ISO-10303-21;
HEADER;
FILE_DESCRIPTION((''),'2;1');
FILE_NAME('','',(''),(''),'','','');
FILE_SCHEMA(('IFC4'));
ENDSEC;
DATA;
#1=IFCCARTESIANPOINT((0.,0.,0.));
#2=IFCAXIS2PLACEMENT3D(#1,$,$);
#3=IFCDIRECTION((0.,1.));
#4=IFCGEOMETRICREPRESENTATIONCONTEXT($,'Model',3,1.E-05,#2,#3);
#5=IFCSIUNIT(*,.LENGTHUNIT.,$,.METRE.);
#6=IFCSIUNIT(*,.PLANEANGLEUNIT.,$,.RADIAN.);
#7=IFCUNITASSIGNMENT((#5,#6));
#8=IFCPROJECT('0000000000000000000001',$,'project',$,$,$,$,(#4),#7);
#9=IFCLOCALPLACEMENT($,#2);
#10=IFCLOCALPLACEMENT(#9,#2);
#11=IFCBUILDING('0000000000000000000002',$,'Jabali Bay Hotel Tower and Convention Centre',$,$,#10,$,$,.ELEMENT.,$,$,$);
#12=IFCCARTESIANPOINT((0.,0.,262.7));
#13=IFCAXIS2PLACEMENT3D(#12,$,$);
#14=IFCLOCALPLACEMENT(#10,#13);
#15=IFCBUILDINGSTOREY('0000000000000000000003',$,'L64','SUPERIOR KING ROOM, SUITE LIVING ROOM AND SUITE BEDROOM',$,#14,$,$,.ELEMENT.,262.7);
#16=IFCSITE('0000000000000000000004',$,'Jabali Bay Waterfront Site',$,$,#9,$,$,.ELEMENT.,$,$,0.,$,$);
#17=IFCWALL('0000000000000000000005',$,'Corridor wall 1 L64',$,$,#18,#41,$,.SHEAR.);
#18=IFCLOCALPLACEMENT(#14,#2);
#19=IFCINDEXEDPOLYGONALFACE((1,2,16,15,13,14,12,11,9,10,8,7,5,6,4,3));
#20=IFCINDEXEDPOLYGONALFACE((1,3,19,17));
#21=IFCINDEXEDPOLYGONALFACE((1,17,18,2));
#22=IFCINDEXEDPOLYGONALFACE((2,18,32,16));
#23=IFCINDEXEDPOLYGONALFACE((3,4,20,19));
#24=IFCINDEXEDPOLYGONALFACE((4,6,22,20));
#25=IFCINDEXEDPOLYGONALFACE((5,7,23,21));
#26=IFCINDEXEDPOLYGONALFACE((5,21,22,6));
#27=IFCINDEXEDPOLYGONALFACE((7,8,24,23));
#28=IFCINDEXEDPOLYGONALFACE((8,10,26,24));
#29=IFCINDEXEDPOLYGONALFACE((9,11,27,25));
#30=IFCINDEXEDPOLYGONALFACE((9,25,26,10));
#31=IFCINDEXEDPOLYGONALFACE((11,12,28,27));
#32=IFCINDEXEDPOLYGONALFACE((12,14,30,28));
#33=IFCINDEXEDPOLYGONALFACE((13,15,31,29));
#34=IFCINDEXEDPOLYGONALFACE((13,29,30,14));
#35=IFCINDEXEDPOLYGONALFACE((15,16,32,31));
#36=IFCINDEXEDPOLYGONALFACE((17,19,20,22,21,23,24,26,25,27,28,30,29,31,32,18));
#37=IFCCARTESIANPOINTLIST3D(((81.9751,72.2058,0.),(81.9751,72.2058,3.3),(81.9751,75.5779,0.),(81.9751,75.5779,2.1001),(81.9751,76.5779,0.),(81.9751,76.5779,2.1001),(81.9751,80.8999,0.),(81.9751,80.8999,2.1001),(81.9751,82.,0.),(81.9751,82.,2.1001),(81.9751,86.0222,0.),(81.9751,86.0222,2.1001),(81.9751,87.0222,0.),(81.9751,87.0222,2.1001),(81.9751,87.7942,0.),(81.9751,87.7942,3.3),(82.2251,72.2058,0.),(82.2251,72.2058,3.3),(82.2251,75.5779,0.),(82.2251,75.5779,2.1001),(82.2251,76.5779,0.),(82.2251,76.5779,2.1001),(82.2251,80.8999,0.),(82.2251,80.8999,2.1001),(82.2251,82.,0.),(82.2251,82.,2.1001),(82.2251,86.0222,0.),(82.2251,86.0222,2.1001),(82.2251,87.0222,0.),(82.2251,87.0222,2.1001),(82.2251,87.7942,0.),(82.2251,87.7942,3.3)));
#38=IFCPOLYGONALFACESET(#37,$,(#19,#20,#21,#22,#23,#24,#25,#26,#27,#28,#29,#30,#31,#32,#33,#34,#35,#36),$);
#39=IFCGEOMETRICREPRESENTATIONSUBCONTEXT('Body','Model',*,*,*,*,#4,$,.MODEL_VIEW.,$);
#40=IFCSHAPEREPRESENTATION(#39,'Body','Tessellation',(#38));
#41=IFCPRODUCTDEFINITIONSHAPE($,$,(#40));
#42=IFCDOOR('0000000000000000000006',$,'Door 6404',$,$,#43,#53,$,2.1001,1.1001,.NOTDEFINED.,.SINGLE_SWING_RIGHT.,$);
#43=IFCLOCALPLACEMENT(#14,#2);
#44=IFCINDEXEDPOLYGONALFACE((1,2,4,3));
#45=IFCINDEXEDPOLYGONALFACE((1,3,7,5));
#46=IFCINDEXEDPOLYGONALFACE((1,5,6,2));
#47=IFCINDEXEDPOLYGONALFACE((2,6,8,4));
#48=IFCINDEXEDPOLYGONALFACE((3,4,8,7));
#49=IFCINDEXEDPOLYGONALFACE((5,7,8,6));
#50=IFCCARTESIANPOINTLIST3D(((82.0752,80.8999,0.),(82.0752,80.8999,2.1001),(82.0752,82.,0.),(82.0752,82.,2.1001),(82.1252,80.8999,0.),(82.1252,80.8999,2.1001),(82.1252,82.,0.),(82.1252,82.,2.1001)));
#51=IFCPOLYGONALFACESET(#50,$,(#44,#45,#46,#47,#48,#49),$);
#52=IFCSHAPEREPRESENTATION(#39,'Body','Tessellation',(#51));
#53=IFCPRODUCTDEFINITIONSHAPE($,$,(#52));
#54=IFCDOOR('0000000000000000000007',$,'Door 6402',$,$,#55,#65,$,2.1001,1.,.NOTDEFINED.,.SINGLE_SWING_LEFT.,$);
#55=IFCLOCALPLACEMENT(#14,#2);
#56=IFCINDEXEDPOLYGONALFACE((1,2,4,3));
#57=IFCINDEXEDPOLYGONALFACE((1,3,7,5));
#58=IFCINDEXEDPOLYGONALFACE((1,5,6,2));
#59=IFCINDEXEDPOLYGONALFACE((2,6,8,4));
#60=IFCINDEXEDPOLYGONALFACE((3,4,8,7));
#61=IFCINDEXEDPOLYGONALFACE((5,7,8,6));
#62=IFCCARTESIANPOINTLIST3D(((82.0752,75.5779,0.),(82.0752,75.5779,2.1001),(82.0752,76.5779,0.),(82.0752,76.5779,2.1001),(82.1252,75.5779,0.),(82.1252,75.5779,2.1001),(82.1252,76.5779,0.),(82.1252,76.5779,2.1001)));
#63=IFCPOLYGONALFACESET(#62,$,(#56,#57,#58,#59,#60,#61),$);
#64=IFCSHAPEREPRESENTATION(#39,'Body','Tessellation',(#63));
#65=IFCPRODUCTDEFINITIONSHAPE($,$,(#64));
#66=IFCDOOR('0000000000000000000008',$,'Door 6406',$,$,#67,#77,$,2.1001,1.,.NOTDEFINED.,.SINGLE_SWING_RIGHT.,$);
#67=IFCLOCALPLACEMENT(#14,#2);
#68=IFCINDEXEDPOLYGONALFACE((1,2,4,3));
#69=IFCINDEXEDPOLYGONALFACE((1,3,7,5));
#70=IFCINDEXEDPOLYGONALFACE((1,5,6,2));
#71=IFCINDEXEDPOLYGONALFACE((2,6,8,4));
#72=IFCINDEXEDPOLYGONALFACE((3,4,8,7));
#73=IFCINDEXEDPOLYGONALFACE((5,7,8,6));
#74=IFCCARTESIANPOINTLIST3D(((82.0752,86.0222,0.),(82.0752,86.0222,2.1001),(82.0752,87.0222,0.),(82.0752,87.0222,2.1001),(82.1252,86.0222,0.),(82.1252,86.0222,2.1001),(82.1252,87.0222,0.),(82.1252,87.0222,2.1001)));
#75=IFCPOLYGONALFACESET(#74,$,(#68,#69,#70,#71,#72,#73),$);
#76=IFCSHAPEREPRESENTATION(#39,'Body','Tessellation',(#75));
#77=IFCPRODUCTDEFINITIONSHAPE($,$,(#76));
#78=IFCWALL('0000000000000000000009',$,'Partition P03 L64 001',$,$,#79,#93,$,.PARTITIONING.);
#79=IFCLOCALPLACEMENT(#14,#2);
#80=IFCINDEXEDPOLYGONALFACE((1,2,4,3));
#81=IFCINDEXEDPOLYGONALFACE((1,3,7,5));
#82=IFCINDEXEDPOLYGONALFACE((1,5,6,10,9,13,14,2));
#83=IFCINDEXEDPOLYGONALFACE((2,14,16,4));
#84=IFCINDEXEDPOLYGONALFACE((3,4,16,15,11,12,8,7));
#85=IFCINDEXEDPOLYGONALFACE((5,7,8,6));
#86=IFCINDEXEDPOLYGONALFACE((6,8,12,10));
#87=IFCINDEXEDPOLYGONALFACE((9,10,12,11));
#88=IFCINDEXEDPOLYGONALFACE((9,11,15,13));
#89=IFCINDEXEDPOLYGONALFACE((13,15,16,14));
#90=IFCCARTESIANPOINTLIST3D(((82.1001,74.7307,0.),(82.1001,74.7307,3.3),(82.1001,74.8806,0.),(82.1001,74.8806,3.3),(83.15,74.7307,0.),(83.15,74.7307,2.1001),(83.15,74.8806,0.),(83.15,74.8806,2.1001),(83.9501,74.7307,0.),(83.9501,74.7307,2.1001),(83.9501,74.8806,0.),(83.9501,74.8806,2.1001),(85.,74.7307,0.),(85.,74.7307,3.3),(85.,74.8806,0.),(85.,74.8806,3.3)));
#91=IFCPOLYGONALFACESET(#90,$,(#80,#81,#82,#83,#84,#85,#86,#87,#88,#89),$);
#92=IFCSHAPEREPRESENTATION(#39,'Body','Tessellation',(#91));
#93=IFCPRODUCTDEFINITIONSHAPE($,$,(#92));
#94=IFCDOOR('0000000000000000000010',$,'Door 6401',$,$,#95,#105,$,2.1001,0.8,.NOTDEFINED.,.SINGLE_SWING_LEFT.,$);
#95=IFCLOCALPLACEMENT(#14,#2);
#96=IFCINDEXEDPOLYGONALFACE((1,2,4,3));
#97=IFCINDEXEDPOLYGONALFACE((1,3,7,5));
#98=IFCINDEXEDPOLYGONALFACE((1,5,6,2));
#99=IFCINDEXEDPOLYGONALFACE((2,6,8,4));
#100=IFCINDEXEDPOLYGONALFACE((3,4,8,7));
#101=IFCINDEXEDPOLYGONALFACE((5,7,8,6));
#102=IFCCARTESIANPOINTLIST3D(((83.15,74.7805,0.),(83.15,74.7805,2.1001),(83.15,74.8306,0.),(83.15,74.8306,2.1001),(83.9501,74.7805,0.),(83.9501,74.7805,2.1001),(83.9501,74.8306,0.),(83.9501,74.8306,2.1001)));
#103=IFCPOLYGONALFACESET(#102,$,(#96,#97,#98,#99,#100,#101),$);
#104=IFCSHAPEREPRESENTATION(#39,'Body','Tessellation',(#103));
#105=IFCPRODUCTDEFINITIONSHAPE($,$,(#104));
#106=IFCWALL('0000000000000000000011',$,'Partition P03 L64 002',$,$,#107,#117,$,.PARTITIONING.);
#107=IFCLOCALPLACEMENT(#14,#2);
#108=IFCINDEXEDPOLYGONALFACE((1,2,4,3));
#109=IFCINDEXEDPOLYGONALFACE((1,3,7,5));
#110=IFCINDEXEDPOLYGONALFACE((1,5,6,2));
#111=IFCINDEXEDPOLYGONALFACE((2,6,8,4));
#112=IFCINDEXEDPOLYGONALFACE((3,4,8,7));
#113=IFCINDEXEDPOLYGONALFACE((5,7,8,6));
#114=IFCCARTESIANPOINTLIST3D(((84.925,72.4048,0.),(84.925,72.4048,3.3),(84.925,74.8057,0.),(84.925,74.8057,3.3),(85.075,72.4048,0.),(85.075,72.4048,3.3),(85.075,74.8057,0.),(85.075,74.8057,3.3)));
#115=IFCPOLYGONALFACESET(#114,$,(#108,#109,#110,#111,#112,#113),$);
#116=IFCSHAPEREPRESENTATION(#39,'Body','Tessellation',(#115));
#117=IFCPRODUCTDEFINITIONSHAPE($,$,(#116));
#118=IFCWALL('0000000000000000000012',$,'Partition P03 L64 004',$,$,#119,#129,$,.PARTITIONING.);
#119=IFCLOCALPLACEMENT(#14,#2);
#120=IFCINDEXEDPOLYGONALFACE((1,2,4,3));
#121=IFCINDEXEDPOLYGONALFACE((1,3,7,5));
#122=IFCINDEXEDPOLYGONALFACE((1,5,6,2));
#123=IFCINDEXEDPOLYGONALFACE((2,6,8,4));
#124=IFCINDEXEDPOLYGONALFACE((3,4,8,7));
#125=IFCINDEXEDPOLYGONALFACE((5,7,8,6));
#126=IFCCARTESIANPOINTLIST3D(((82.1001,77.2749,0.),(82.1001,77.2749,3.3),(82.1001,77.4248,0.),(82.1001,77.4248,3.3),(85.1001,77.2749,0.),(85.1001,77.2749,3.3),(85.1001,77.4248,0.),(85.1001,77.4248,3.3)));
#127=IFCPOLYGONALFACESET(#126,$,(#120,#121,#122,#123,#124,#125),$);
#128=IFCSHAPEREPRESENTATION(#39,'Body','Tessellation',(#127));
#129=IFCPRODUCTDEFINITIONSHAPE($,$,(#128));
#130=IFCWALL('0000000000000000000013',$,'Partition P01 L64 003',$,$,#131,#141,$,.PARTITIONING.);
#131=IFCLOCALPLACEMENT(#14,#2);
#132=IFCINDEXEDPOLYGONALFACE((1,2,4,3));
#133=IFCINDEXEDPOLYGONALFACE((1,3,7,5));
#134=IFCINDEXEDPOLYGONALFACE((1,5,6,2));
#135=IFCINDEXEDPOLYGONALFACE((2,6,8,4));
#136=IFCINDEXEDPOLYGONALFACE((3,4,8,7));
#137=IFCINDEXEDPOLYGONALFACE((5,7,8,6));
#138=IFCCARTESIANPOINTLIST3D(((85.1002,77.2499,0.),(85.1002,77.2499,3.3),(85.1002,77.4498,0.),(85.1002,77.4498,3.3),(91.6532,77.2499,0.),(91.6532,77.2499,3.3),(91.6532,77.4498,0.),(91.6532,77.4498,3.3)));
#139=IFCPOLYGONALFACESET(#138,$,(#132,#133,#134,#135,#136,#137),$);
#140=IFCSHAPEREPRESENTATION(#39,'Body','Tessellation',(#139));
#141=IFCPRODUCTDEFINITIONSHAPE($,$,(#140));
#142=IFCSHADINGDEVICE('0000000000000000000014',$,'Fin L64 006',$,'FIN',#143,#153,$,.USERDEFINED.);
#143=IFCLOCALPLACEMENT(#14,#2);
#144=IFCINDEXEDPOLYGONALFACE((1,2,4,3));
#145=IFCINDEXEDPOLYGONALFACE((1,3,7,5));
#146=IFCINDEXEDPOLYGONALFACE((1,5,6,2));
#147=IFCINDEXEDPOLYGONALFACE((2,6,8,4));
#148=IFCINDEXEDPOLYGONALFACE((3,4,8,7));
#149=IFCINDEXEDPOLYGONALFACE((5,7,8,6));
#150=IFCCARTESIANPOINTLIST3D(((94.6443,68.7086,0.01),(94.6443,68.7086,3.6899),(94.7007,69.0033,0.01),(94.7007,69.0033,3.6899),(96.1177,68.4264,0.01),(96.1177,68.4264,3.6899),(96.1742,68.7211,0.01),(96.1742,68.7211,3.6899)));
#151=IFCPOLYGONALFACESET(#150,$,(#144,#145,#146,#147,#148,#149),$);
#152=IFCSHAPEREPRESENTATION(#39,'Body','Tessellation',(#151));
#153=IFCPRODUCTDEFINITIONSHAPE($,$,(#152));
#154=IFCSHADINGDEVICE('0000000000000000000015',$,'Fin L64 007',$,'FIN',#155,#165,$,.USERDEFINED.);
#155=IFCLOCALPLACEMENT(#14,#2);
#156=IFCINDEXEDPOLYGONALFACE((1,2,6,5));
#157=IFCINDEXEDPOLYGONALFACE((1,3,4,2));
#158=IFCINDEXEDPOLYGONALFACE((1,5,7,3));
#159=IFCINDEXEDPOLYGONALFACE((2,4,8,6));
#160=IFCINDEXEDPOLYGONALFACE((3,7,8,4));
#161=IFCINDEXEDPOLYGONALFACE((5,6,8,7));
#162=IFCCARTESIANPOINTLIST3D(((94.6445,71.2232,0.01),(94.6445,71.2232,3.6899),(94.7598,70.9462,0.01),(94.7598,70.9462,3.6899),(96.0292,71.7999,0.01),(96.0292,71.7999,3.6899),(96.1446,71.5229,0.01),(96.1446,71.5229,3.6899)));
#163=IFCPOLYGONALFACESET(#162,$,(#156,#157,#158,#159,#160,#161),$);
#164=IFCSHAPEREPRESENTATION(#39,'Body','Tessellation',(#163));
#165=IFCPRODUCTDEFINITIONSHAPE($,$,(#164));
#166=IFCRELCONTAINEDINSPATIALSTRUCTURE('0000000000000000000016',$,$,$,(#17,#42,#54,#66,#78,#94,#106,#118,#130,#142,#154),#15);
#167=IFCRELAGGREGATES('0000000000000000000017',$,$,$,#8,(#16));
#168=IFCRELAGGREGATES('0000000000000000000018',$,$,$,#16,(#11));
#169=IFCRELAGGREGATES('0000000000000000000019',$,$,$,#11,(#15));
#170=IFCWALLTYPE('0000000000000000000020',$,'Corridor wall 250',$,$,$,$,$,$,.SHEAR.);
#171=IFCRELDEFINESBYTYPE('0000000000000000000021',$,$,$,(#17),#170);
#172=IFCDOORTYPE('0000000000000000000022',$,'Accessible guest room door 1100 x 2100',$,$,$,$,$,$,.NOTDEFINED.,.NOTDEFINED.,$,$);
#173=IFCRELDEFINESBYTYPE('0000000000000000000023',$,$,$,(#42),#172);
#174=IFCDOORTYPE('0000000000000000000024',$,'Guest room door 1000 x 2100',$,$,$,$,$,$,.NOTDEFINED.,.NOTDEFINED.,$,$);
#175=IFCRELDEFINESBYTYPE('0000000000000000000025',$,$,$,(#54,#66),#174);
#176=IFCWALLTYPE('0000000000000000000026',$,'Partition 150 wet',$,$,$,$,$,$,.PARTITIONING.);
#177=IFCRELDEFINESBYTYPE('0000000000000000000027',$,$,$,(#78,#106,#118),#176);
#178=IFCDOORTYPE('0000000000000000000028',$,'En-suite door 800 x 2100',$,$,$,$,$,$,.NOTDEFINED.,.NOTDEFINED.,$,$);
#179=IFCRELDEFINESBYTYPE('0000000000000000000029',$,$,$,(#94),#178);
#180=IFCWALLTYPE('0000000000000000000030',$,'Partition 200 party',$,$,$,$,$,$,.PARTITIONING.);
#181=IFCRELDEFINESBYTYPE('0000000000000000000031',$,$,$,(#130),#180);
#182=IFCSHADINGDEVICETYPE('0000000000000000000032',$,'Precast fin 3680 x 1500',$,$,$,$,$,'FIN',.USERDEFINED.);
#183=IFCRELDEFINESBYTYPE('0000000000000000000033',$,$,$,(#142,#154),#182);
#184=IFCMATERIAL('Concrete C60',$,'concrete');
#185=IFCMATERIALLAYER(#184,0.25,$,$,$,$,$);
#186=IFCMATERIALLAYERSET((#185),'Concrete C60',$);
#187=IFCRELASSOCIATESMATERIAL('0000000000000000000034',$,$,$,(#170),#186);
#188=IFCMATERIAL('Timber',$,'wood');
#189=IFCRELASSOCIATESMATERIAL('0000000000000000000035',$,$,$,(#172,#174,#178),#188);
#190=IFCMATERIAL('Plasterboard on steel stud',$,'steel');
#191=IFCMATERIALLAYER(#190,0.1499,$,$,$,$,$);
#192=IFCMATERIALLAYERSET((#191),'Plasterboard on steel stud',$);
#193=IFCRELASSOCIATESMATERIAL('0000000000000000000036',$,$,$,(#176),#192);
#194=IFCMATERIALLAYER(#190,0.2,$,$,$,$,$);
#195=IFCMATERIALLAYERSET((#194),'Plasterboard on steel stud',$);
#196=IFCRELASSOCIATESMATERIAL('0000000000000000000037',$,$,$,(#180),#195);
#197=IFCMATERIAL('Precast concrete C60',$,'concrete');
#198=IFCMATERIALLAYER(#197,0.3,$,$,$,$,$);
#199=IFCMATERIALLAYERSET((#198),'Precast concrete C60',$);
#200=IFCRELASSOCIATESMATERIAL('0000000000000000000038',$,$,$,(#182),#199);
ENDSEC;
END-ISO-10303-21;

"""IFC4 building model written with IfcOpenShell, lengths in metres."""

from ifc_helpers import new_model, si_unit, direction, frame, frame_2d, origin, place, context, subcontext, project, spatial, rectangle, extrude, material, layer, layer_set, type_object, element, fill, save


model = new_model("IFC4")

# Units and contexts
model_context = context("Model", 3, precision=1e-05, world=origin(), true_north=direction((0.0, 1.0)))
body_context = subcontext(model_context, "Body", "Model", "MODEL_VIEW")
ifc_project = project(units=[si_unit("LENGTHUNIT", "METRE"), si_unit("PLANEANGLEUNIT", "RADIAN")], contexts=[model_context])

# Site, building, storey
site_placement = place(None, origin())
site = spatial("IfcSite", under=ifc_project, at=site_placement, Name="Jabali Bay Waterfront Site", CompositionType="ELEMENT", RefElevation=0.0)
building_placement = place(site_placement, origin())
building = spatial("IfcBuilding", under=site, at=building_placement, Name="Jabali Bay Hotel Tower and Convention Centre", CompositionType="ELEMENT")
storey_placement = place(building_placement, frame((0.0, 0.0, 262.7)))
storey = spatial("IfcBuildingStorey", under=building, at=storey_placement, Name="L64", Description="SUPERIOR KING ROOM, SUITE LIVING ROOM AND SUITE BEDROOM", CompositionType="ELEMENT", Elevation=262.7)

# Shared definitions
ifc_material_1 = material(Name="Concrete C60", Category="concrete")

# Wall, openings, doors
ifc_layer_1 = layer(ifc_material_1, 0.25)
ifc_layer_set_1 = layer_set([ifc_layer_1], Name="Concrete C60")
wall_type_1 = type_object("IfcWallType", Name="Corridor wall 250", PredefinedType="SHEAR", material=ifc_layer_set_1)
wall_1_placement = place(storey_placement, frame((82.1001, 72.2058, 0.0), z_axis=(0.0, 0.0, 1.0), x_axis=(0.0, 1.0, 0.0)))
wall_1 = element("IfcWall", 1, at=wall_1_placement, inside=storey, type_object=wall_type_1, Name="Corridor wall 1 L64", PredefinedType="SHEAR", context=body_context, shape_type="SweptSolid", body=[
    extrude(rectangle(XDim=15.5884, YDim=0.25, at=frame_2d((7.7942, 0.0))), origin(), (0.0, 0.0, 1.0), 3.3),
])
opening_1_placement = place(wall_1_placement, frame((3.3721, 0.0, 0.0)))
opening_1 = element("IfcOpeningElement", 2, at=opening_1_placement, cuts=wall_1, PredefinedType="OPENING", context=body_context, shape_type="SweptSolid", body=[
    extrude(rectangle(XDim=1.0, YDim=2.1001, at=frame_2d((0.5, 1.05))), frame((0.0, 0.1355, 0.0), z_axis=(0.0, -1.0, 0.0), x_axis=(1.0, 0.0, 0.0)), (0.0, 0.0, 1.0), 0.271),
])
opening_2_placement = place(wall_1_placement, frame((8.6941, 0.0, 0.0)))
opening_2 = element("IfcOpeningElement", 3, at=opening_2_placement, cuts=wall_1, PredefinedType="OPENING", context=body_context, shape_type="SweptSolid", body=[
    extrude(rectangle(XDim=1.1001, YDim=2.1001, at=frame_2d((0.55, 1.05))), frame((0.0, 0.1355, 0.0), z_axis=(0.0, -1.0, 0.0), x_axis=(1.0, 0.0, 0.0)), (0.0, 0.0, 1.0), 0.271),
])
opening_3_placement = place(wall_1_placement, frame((13.8164, 0.0, 0.0)))
opening_3 = element("IfcOpeningElement", 4, at=opening_3_placement, cuts=wall_1, PredefinedType="OPENING", context=body_context, shape_type="SweptSolid", body=[
    extrude(rectangle(XDim=1.0, YDim=2.1001, at=frame_2d((0.5, 1.05))), frame((0.0, 0.1355, 0.0), z_axis=(0.0, -1.0, 0.0), x_axis=(1.0, 0.0, 0.0)), (0.0, 0.0, 1.0), 0.271),
])
ifc_material_2 = material(Name="Timber", Category="wood")
door_type_1 = type_object("IfcDoorType", Name="Accessible guest room door 1100 x 2100", OperationType="NOTDEFINED", PredefinedType="NOTDEFINED", material=ifc_material_2)
door_1_placement = place(opening_2_placement, origin())
door_1 = element("IfcDoor", 5, at=door_1_placement, inside=storey, type_object=door_type_1, Name="Door 6404", OperationType="SINGLE_SWING_RIGHT", OverallHeight=2.1001, OverallWidth=1.1001, PredefinedType="NOTDEFINED", context=body_context, shape_type="SweptSolid", body=[
    extrude(rectangle(XDim=1.1001, YDim=2.1001, at=frame_2d((0.55, 1.05))), frame((0.0, 0.0249, 0.0), z_axis=(0.0, -1.0, 0.0), x_axis=(1.0, 0.0, 0.0)), (0.0, 0.0, 1.0), 0.05),
])
fill(opening_2, door_1)
door_type_2 = type_object("IfcDoorType", Name="Guest room door 1000 x 2100", OperationType="NOTDEFINED", PredefinedType="NOTDEFINED", material=ifc_material_2)
door_2_placement = place(opening_1_placement, origin())
door_2 = element("IfcDoor", 6, at=door_2_placement, inside=storey, type_object=door_type_2, Name="Door 6402", OperationType="SINGLE_SWING_LEFT", OverallHeight=2.1001, OverallWidth=1.0, PredefinedType="NOTDEFINED", context=body_context, shape_type="SweptSolid", body=[
    extrude(rectangle(XDim=1.0, YDim=2.1001, at=frame_2d((0.5, 1.05))), frame((0.0, 0.0249, 0.0), z_axis=(0.0, -1.0, 0.0), x_axis=(1.0, 0.0, 0.0)), (0.0, 0.0, 1.0), 0.05),
])
fill(opening_1, door_2)
door_3_placement = place(opening_3_placement, origin())
door_3 = element("IfcDoor", 7, at=door_3_placement, inside=storey, type_object=door_type_2, Name="Door 6406", OperationType="SINGLE_SWING_RIGHT", OverallHeight=2.1001, OverallWidth=1.0, PredefinedType="NOTDEFINED", context=body_context, shape_type="SweptSolid", body=[
    extrude(rectangle(XDim=1.0, YDim=2.1001, at=frame_2d((0.5, 1.05))), frame((0.0, 0.0249, 0.0), z_axis=(0.0, -1.0, 0.0), x_axis=(1.0, 0.0, 0.0)), (0.0, 0.0, 1.0), 0.05),
])
fill(opening_3, door_3)

# Wall, opening, door
ifc_material_3 = material(Name="Plasterboard on steel stud", Category="steel")
ifc_layer_2 = layer(ifc_material_3, 0.1499)
ifc_layer_set_2 = layer_set([ifc_layer_2], Name="Plasterboard on steel stud")
wall_type_2 = type_object("IfcWallType", Name="Partition 150 wet", PredefinedType="PARTITIONING", material=ifc_layer_set_2)
wall_2_placement = place(storey_placement, frame((82.1001, 74.8057, 0.0), z_axis=(0.0, 0.0, 1.0), x_axis=(1.0, 0.0, 0.0)))
wall_2 = element("IfcWall", 8, at=wall_2_placement, inside=storey, type_object=wall_type_2, Name="Partition P03 L64 001", PredefinedType="PARTITIONING", context=body_context, shape_type="SweptSolid", body=[
    extrude(rectangle(XDim=2.8999, YDim=0.1499, at=frame_2d((1.45, 0.0))), origin(), (0.0, 0.0, 1.0), 3.3),
])
opening_4_placement = place(wall_2_placement, frame((1.05, 0.0, 0.0)))
opening_4 = element("IfcOpeningElement", 9, at=opening_4_placement, cuts=wall_2, PredefinedType="OPENING", context=body_context, shape_type="SweptSolid", body=[
    extrude(rectangle(XDim=0.8, YDim=2.1001, at=frame_2d((0.3999, 1.05))), frame((0.0, 0.0854, 0.0), z_axis=(0.0, -1.0, 0.0), x_axis=(1.0, 0.0, 0.0)), (0.0, 0.0, 1.0), 0.1709),
])
door_type_3 = type_object("IfcDoorType", Name="En-suite door 800 x 2100", OperationType="NOTDEFINED", PredefinedType="NOTDEFINED", material=ifc_material_2)
door_4_placement = place(opening_4_placement, origin())
door_4 = element("IfcDoor", 10, at=door_4_placement, inside=storey, type_object=door_type_3, Name="Door 6401", OperationType="SINGLE_SWING_LEFT", OverallHeight=2.1001, OverallWidth=0.8, PredefinedType="NOTDEFINED", context=body_context, shape_type="SweptSolid", body=[
    extrude(rectangle(XDim=0.8, YDim=2.1001, at=frame_2d((0.3999, 1.05))), frame((0.0, 0.0249, 0.0), z_axis=(0.0, -1.0, 0.0), x_axis=(1.0, 0.0, 0.0)), (0.0, 0.0, 1.0), 0.05),
])
fill(opening_4, door_4)

# Walls
wall_3_placement = place(storey_placement, frame((85.0, 74.8057, 0.0), z_axis=(0.0, 0.0, 1.0), x_axis=(0.0, -1.0, 0.0)))
element("IfcWall", 11, at=wall_3_placement, inside=storey, type_object=wall_type_2, Name="Partition P03 L64 002", PredefinedType="PARTITIONING", context=body_context, shape_type="SweptSolid", body=[
    extrude(rectangle(XDim=2.4009, YDim=0.1499, at=frame_2d((1.2004, 0.0))), origin(), (0.0, 0.0, 1.0), 3.3),
])
wall_4_placement = place(storey_placement, frame((85.1001, 77.3499, 0.0), z_axis=(0.0, 0.0, 1.0), x_axis=(-1.0, 0.0, 0.0)))
element("IfcWall", 12, at=wall_4_placement, inside=storey, type_object=wall_type_2, Name="Partition P03 L64 004", PredefinedType="PARTITIONING", context=body_context, shape_type="SweptSolid", body=[
    extrude(rectangle(XDim=3.0, YDim=0.1499, at=frame_2d((1.5, 0.0))), origin(), (0.0, 0.0, 1.0), 3.3),
])
ifc_layer_3 = layer(ifc_material_3, 0.2)
ifc_layer_set_3 = layer_set([ifc_layer_3], Name="Plasterboard on steel stud")
wall_type_3 = type_object("IfcWallType", Name="Partition 200 party", PredefinedType="PARTITIONING", material=ifc_layer_set_3)
wall_5_placement = place(storey_placement, frame((91.6531, 77.3499, 0.0), z_axis=(0.0, 0.0, 1.0), x_axis=(-1.0, 0.0, 0.0)))
element("IfcWall", 13, at=wall_5_placement, inside=storey, type_object=wall_type_3, Name="Partition P01 L64 003", PredefinedType="PARTITIONING", context=body_context, shape_type="SweptSolid", body=[
    extrude(rectangle(XDim=6.553, YDim=0.2, at=frame_2d((3.2764, 0.0))), origin(), (0.0, 0.0, 1.0), 3.3),
])

# Shading devices
ifc_material_4 = material(Name="Precast concrete C60", Category="concrete")
ifc_layer_4 = layer(ifc_material_4, 0.3)
ifc_layer_set_4 = layer_set([ifc_layer_4], Name="Precast concrete C60")
shading_device_type = type_object("IfcShadingDeviceType", Name="Precast fin 3680 x 1500", ElementType="FIN", PredefinedType="USERDEFINED", material=ifc_layer_set_4)
shading_device_1_placement = place(storey_placement, frame((94.6726, 68.856, 0.01), z_axis=(0.0, 0.0, 1.0), x_axis=(0.982144, -0.188129, 0.0)))
element("IfcShadingDevice", 14, at=shading_device_1_placement, inside=storey, type_object=shading_device_type, Name="Fin L64 006", ObjectType="FIN", PredefinedType="USERDEFINED", context=body_context, shape_type="SweptSolid", body=[
    extrude(rectangle(XDim=1.5002, YDim=0.3, at=frame_2d((0.75, 0.0))), origin(), (0.0, 0.0, 1.0), 3.6799),
])
for number, where, z_axis, x_axis, name in (
    (15, (94.7021, 71.0847, 0.01), (0.0, 0.0, 1.0), (0.923154, 0.38443, 0.0), "Fin L64 007"),
):
    element("IfcShadingDevice", number, at=place(storey_placement, frame(where, z_axis=z_axis, x_axis=x_axis)), inside=storey, type_object=shading_device_type, Name=name, ObjectType="FIN", PredefinedType="USERDEFINED", context=body_context, shape_type="SweptSolid", body=[
        extrude(rectangle(XDim=1.5, YDim=0.3, at=frame_2d((0.75, 0.0))), origin(), (0.0, 0.0, 1.0), 3.6799),
    ])

save(model, "model.ifc")
